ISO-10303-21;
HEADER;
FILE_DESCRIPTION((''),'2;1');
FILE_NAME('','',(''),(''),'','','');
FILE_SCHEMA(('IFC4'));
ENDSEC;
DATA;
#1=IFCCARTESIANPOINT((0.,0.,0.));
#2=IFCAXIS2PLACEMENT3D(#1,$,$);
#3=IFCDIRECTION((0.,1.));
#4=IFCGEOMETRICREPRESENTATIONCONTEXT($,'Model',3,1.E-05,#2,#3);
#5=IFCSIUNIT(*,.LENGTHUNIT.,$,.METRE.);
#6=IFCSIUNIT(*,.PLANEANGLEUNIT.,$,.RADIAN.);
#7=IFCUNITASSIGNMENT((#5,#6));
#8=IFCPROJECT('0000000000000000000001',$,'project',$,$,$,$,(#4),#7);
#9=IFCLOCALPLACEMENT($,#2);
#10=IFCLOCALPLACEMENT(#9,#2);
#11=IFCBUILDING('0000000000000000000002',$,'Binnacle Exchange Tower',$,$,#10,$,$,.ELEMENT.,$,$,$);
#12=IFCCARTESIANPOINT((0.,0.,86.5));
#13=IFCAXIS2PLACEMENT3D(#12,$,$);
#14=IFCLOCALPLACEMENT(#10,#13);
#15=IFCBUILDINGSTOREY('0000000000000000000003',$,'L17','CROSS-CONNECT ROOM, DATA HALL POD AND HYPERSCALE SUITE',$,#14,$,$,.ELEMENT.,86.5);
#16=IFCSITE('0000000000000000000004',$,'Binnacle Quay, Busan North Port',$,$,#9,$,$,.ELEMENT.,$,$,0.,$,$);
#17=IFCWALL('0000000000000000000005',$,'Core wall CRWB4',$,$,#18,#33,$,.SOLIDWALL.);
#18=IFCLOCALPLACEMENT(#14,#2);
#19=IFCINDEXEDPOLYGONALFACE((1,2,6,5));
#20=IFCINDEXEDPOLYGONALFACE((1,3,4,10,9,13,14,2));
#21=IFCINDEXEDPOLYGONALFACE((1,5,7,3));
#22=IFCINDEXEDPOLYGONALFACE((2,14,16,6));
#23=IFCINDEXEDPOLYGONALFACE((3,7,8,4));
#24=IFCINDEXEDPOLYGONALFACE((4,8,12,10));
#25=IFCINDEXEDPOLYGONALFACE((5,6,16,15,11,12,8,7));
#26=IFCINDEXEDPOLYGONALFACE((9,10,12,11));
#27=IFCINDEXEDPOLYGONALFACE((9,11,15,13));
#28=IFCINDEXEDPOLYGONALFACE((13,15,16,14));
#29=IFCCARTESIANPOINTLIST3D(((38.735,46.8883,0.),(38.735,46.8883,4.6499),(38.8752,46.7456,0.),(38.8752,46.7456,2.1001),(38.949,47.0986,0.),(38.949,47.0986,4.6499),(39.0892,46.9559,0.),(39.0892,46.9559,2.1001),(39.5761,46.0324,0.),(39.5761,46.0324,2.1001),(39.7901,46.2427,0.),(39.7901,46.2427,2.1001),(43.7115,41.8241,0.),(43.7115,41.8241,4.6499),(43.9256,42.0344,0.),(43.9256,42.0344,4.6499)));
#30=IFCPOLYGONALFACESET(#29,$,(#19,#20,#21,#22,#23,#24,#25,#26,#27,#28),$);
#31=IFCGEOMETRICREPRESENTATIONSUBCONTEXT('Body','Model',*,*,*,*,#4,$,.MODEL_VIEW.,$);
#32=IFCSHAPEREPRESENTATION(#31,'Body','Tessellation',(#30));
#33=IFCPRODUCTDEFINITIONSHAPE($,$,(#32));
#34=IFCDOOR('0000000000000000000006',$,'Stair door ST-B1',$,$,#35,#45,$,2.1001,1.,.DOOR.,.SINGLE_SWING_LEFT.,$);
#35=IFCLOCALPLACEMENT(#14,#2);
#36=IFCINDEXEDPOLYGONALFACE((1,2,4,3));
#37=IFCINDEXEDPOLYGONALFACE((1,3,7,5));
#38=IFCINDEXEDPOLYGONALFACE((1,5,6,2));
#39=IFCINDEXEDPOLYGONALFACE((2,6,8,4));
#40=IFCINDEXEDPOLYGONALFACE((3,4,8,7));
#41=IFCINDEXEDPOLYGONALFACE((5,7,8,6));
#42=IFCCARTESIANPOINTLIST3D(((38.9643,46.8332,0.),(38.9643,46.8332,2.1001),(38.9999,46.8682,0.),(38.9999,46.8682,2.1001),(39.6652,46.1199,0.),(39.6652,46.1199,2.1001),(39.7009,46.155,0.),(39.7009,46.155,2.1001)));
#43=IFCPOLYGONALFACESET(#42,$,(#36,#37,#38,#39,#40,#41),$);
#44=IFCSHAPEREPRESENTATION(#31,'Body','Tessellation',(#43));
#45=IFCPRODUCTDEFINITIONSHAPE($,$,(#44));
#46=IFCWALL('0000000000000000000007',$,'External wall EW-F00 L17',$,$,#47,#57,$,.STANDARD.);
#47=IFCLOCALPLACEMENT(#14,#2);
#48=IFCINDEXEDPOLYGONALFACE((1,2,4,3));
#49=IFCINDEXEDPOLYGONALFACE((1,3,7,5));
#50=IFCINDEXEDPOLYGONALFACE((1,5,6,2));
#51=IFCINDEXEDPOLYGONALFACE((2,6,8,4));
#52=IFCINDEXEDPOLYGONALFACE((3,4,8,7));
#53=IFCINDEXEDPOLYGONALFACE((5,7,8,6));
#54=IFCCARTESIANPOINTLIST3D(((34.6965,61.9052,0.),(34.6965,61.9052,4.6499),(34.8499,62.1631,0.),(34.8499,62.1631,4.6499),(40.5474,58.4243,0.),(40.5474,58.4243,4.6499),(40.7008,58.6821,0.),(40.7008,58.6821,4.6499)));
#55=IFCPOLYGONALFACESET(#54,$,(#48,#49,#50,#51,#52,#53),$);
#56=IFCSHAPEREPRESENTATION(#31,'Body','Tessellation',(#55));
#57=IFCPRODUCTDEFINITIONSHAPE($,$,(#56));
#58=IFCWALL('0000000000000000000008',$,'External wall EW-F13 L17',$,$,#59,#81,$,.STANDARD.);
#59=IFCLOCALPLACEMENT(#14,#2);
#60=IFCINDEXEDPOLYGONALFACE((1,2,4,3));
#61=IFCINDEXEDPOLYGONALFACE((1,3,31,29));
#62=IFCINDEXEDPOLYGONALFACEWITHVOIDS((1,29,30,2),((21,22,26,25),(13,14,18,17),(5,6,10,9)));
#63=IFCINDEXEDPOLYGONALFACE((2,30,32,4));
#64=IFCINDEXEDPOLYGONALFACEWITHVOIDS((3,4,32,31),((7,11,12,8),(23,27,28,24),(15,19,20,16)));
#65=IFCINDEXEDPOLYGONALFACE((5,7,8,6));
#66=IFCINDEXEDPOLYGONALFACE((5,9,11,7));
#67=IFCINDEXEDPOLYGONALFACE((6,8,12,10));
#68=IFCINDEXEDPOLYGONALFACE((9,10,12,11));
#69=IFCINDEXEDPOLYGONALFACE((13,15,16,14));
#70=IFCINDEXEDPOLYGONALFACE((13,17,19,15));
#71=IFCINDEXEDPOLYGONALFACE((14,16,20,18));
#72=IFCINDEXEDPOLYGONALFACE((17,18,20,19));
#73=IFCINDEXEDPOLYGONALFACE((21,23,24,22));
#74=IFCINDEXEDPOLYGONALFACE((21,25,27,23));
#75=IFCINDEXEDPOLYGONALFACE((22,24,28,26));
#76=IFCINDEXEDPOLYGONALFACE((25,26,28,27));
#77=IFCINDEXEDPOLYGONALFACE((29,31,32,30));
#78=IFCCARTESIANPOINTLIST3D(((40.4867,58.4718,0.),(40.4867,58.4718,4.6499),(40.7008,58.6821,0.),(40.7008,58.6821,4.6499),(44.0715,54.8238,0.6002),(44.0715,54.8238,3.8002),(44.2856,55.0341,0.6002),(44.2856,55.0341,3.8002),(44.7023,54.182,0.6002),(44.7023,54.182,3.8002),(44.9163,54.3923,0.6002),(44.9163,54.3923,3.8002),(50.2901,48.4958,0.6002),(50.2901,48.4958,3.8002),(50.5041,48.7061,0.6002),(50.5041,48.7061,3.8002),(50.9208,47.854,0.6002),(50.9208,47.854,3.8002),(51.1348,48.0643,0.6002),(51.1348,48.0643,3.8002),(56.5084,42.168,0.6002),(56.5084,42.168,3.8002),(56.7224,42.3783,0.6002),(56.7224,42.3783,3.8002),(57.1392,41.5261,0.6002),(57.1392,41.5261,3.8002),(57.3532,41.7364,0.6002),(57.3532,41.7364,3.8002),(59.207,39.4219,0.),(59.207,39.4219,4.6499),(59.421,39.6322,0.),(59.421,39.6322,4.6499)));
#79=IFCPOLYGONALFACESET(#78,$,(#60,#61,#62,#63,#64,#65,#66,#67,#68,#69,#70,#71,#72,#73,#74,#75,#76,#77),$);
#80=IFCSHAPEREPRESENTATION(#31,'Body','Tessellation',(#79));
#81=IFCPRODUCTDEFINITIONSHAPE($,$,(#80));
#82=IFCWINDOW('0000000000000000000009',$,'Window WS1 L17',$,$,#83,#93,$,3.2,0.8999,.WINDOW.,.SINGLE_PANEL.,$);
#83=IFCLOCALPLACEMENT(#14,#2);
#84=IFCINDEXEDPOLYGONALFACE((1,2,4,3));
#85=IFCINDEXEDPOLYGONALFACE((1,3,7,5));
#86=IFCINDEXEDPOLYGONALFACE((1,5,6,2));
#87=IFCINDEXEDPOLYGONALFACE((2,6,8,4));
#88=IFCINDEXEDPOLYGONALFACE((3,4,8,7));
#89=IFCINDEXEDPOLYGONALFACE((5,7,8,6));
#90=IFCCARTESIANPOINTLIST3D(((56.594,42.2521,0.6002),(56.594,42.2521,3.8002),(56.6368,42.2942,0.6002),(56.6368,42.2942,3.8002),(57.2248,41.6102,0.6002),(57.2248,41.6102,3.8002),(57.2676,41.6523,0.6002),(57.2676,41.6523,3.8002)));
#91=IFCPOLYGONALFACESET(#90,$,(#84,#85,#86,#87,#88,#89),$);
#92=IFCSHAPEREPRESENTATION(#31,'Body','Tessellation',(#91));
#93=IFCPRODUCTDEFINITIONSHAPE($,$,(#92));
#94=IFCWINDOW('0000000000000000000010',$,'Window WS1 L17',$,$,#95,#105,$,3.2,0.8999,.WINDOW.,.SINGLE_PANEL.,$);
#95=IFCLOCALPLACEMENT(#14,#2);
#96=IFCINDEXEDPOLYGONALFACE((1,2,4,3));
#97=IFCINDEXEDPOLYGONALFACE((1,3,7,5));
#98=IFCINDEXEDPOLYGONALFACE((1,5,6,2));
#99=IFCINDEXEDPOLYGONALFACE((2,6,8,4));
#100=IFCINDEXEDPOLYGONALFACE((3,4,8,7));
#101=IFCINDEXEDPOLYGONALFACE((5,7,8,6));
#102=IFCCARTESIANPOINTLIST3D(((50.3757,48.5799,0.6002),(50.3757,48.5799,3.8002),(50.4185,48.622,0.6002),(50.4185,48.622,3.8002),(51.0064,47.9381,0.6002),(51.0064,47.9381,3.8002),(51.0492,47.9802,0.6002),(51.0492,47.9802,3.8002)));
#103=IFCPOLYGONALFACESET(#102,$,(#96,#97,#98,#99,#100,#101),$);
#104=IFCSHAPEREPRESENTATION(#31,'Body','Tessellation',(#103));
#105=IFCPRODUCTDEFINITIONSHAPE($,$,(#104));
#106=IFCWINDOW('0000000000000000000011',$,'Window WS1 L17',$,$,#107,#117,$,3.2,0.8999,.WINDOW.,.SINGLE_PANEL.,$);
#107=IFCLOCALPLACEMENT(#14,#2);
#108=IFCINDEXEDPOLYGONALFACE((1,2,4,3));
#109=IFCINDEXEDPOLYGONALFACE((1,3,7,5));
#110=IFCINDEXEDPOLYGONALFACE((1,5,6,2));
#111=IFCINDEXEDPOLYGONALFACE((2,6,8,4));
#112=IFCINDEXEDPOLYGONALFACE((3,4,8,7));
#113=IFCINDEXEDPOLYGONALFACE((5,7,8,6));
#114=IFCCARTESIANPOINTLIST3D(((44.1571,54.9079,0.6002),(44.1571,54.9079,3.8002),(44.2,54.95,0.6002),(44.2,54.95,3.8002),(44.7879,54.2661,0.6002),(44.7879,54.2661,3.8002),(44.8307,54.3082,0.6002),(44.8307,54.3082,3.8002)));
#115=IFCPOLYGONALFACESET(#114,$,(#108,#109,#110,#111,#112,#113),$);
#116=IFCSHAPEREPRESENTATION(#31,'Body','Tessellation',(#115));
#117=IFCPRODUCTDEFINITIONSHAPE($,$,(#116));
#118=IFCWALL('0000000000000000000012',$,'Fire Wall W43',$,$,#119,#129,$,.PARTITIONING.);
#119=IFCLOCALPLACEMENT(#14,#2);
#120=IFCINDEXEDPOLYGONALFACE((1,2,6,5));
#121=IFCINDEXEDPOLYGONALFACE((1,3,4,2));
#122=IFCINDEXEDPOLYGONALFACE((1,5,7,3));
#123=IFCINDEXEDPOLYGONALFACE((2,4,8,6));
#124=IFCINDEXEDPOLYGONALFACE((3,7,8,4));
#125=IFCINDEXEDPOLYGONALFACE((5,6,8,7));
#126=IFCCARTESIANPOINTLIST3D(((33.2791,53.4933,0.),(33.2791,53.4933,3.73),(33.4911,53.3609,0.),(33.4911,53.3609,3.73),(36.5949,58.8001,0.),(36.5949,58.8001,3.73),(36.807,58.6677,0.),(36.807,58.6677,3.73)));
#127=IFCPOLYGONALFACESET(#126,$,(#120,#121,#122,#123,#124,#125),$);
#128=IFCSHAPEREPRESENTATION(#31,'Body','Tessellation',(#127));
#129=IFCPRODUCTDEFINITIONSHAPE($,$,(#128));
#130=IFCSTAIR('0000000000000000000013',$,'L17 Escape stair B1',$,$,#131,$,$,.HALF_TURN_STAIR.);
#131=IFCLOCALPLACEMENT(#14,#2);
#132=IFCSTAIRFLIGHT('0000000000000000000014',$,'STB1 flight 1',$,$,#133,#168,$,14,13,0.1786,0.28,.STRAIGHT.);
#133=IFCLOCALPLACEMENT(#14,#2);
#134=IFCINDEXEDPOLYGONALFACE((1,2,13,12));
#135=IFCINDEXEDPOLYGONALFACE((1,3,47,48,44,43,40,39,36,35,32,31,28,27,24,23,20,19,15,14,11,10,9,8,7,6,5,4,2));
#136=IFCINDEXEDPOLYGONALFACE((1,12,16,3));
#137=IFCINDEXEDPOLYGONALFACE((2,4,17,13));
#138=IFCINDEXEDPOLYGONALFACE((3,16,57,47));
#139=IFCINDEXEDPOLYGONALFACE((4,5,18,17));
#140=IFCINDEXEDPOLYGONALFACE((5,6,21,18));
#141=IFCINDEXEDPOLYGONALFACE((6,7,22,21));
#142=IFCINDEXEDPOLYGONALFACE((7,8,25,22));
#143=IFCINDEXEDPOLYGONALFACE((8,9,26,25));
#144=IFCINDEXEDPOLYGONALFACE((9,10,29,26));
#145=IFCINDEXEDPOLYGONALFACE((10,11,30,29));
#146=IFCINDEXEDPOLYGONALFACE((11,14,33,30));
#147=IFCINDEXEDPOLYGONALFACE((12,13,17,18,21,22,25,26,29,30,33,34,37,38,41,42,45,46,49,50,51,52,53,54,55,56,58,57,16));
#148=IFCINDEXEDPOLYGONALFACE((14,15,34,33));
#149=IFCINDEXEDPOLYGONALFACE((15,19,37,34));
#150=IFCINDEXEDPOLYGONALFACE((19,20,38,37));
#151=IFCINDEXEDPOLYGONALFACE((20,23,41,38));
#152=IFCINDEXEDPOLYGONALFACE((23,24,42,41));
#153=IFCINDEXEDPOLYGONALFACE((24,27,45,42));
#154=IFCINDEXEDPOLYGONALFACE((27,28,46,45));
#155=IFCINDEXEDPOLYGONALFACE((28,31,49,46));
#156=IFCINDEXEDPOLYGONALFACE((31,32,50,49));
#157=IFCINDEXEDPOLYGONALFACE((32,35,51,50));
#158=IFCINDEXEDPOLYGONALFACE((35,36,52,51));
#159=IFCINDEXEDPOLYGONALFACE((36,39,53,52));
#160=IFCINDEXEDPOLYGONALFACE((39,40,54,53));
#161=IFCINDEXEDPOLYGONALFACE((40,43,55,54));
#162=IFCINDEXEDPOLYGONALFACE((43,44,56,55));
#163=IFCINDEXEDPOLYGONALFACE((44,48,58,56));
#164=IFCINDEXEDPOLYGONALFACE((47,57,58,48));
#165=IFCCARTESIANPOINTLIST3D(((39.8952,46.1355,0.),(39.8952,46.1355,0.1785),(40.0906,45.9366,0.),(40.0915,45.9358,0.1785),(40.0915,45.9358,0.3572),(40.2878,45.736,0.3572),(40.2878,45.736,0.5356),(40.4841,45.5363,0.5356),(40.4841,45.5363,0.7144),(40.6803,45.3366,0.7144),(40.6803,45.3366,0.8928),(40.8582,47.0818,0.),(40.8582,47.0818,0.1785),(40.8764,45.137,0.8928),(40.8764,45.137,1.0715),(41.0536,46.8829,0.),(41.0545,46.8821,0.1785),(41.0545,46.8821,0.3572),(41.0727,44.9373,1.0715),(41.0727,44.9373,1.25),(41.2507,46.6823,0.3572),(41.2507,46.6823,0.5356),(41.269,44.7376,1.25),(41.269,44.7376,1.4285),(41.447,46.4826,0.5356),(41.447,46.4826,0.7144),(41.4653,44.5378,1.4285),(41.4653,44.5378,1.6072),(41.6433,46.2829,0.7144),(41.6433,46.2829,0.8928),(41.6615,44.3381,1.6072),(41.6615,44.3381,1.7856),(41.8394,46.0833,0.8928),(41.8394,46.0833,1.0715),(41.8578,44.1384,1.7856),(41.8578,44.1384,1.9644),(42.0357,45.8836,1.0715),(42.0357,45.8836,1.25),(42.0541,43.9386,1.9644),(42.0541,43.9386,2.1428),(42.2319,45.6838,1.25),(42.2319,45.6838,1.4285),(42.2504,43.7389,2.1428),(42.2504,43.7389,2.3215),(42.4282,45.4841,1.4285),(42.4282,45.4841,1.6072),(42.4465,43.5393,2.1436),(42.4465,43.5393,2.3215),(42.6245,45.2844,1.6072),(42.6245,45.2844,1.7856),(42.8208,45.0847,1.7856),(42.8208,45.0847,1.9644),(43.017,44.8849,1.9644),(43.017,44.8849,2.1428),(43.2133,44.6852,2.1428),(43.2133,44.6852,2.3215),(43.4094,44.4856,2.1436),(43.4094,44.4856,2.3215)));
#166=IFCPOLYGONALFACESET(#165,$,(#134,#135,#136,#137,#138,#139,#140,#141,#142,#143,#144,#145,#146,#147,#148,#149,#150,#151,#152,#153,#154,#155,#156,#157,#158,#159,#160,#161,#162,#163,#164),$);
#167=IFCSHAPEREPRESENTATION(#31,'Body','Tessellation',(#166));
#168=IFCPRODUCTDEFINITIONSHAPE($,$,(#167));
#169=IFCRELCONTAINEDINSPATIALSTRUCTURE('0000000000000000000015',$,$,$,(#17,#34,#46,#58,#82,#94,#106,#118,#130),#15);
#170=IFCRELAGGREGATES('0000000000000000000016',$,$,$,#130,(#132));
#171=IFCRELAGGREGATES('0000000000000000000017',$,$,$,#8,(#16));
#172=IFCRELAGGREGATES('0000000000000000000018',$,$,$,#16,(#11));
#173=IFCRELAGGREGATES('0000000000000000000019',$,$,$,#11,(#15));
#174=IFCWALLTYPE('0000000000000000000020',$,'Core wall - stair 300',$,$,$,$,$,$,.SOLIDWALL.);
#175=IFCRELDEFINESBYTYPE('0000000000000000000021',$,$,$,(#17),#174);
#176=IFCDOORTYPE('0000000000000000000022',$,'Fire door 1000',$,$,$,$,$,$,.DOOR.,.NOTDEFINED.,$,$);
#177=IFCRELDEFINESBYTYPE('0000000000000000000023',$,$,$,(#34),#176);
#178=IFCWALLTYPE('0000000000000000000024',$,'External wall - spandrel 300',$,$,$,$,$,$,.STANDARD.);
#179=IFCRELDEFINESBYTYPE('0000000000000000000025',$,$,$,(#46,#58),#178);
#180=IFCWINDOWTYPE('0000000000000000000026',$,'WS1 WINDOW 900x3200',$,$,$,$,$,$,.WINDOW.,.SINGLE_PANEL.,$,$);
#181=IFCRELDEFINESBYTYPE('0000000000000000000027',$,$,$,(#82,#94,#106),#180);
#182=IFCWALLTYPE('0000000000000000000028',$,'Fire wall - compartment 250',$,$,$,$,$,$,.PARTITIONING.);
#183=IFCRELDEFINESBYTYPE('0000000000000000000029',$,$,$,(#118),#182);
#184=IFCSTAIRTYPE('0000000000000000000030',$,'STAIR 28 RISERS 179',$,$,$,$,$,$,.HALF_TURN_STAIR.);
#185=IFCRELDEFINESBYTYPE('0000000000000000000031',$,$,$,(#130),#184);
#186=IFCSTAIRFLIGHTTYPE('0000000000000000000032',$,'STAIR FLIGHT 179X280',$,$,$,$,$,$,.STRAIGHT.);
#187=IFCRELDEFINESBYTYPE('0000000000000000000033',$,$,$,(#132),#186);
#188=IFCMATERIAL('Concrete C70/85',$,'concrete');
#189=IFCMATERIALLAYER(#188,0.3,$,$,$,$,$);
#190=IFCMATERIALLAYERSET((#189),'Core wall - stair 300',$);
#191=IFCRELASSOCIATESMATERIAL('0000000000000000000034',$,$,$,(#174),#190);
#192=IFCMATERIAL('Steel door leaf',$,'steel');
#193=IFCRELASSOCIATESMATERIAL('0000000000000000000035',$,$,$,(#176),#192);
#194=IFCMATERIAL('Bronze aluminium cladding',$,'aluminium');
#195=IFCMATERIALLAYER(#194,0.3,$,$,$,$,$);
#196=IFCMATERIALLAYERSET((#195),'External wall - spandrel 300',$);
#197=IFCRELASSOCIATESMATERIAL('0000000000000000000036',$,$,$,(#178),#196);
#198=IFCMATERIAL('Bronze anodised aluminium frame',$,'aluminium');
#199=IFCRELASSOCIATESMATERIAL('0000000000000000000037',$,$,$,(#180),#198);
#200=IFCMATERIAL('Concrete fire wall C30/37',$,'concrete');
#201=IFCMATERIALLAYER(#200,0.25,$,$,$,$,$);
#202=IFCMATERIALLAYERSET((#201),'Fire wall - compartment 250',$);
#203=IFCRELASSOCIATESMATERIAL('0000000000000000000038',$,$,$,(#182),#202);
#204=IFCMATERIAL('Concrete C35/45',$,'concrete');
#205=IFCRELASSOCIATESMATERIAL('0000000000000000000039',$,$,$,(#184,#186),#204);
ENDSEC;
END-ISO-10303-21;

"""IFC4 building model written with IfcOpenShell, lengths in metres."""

from ifc_helpers import new_model, si_unit, direction, frame, frame_2d, origin, place, context, subcontext, project, spatial, polyline, rectangle, outline, extrude, material, layer, layer_set, type_object, element, fill, aggregate, save


model = new_model("IFC4")

# Units and contexts
model_context = context("Model", 3, precision=1e-05, world=origin(), true_north=direction((0.0, 1.0)))
body_context = subcontext(model_context, "Body", "Model", "MODEL_VIEW")
ifc_project = project(units=[si_unit("LENGTHUNIT", "METRE"), si_unit("PLANEANGLEUNIT", "RADIAN")], contexts=[model_context])

# Site, building, storey
site_placement = place(None, origin())
site = spatial("IfcSite", under=ifc_project, at=site_placement, Name="Binnacle Quay, Busan North Port", CompositionType="ELEMENT", RefElevation=0.0)
building_placement = place(site_placement, origin())
building = spatial("IfcBuilding", under=site, at=building_placement, Name="Binnacle Exchange Tower", CompositionType="ELEMENT")
storey_placement = place(building_placement, frame((0.0, 0.0, 86.5)))
storey = spatial("IfcBuildingStorey", under=building, at=storey_placement, Name="L17", Description="CROSS-CONNECT ROOM, DATA HALL POD AND HYPERSCALE SUITE", CompositionType="ELEMENT", Elevation=86.5)

# Shared definitions
ifc_material_1 = material(Name="Concrete C70/85", Category="concrete")

# Wall, opening, door
ifc_layer_1 = layer(ifc_material_1, 0.3)
ifc_layer_set_1 = layer_set([ifc_layer_1], Name="Core wall - stair 300")
wall_type_1 = type_object("IfcWallType", Name="Core wall - stair 300", PredefinedType="SOLIDWALL", material=ifc_layer_set_1)
wall_1_placement = place(storey_placement, frame((38.842, 46.9934, 0.0), z_axis=(0.0, 0.0, 1.0), x_axis=(0.700908, -0.713252, 0.0)))
wall_1 = element("IfcWall", 1, at=wall_1_placement, inside=storey, type_object=wall_type_1, Name="Core wall CRWB4", PredefinedType="SOLIDWALL", context=body_context, shape_type="SweptSolid", body=[
    extrude(rectangle(XDim=7.1001, YDim=0.3, at=frame_2d((3.55, 0.0))), origin(), (0.0, 0.0, 1.0), 4.6499),
])
opening_1_placement = place(wall_1_placement, frame((0.2, 0.0, 0.0)))
opening_1 = element("IfcOpeningElement", 2, at=opening_1_placement, cuts=wall_1, PredefinedType="OPENING", context=body_context, shape_type="SweptSolid", body=[
    extrude(rectangle(XDim=1.0, YDim=2.1001, at=frame_2d((0.5, 1.05))), frame((0.0, 0.1599, 0.0), z_axis=(0.0, -1.0, 0.0), x_axis=(1.0, 0.0, 0.0)), (0.0, 0.0, 1.0), 0.3201),
])
ifc_material_2 = material(Name="Steel door leaf", Category="steel")
door_type = type_object("IfcDoorType", Name="Fire door 1000", OperationType="NOTDEFINED", PredefinedType="DOOR", material=ifc_material_2)
door_placement = place(opening_1_placement, origin())
door = element("IfcDoor", 3, at=door_placement, inside=storey, type_object=door_type, Name="Stair door ST-B1", OperationType="SINGLE_SWING_LEFT", OverallHeight=2.1001, OverallWidth=1.0, PredefinedType="DOOR", context=body_context, shape_type="SweptSolid", body=[
    extrude(rectangle(XDim=1.0, YDim=2.1001, at=frame_2d((0.5, 1.05))), frame((0.0, 0.0249, 0.0), z_axis=(0.0, -1.0, 0.0), x_axis=(1.0, 0.0, 0.0)), (0.0, 0.0, 1.0), 0.05),
])
fill(opening_1, door)

# Wall
ifc_material_3 = material(Name="Bronze aluminium cladding", Category="aluminium")
ifc_layer_2 = layer(ifc_material_3, 0.3)
ifc_layer_set_2 = layer_set([ifc_layer_2], Name="External wall - spandrel 300")
wall_type_2 = type_object("IfcWallType", Name="External wall - spandrel 300", PredefinedType="STANDARD", material=ifc_layer_set_2)
wall_2_placement = place(storey_placement, frame((34.7732, 62.0342, 0.0), z_axis=(0.0, 0.0, 1.0), x_axis=(0.859401, -0.511302, 0.0)))
element("IfcWall", 4, at=wall_2_placement, inside=storey, type_object=wall_type_2, Name="External wall EW-F00 L17", PredefinedType="STANDARD", context=body_context, shape_type="SweptSolid", body=[
    extrude(rectangle(XDim=6.8081, YDim=0.3, at=frame_2d((3.4041, 0.0))), origin(), (0.0, 0.0, 1.0), 4.6499),
])

# Wall, openings, windows
wall_3_placement = place(storey_placement, frame((40.5938, 58.5769, 0.0), z_axis=(0.0, 0.0, 1.0), x_axis=(0.70091, -0.71325, 0.0)))
wall_3 = element("IfcWall", 5, at=wall_3_placement, inside=storey, type_object=wall_type_2, Name="External wall EW-F13 L17", PredefinedType="STANDARD", context=body_context, shape_type="SweptSolid", body=[
    extrude(rectangle(XDim=26.7085, YDim=0.3, at=frame_2d((13.3542, 0.0))), origin(), (0.0, 0.0, 1.0), 4.6499),
])
opening_2_placement = place(wall_3_placement, frame((22.8584, 0.0, 0.6001)))
opening_2 = element("IfcOpeningElement", 6, at=opening_2_placement, cuts=wall_3, PredefinedType="OPENING", context=body_context, shape_type="SweptSolid", body=[
    extrude(rectangle(XDim=0.8999, YDim=3.2, at=frame_2d((0.45, 1.6001))), frame((0.0, 0.1599, 0.0), z_axis=(0.0, -1.0, 0.0), x_axis=(1.0, 0.0, 0.0)), (0.0, 0.0, 1.0), 0.3201),
])
opening_3_placement = place(wall_3_placement, frame((13.9866, 0.0, 0.6001)))
opening_3 = element("IfcOpeningElement", 7, at=opening_3_placement, cuts=wall_3, PredefinedType="OPENING", context=body_context, shape_type="SweptSolid", body=[
    extrude(rectangle(XDim=0.8999, YDim=3.2, at=frame_2d((0.45, 1.6001))), frame((0.0, 0.1599, 0.0), z_axis=(0.0, -1.0, 0.0), x_axis=(1.0, 0.0, 0.0)), (0.0, 0.0, 1.0), 0.3201),
])
opening_4_placement = place(wall_3_placement, frame((5.1145, 0.0, 0.6001)))
opening_4 = element("IfcOpeningElement", 8, at=opening_4_placement, cuts=wall_3, PredefinedType="OPENING", context=body_context, shape_type="SweptSolid", body=[
    extrude(rectangle(XDim=0.8999, YDim=3.2, at=frame_2d((0.45, 1.6001))), frame((0.0, 0.1599, 0.0), z_axis=(0.0, -1.0, 0.0), x_axis=(1.0, 0.0, 0.0)), (0.0, 0.0, 1.0), 0.3201),
])
ifc_material_4 = material(Name="Bronze anodised aluminium frame", Category="aluminium")
window_type = type_object("IfcWindowType", Name="WS1 WINDOW 900x3200", PartitioningType="SINGLE_PANEL", PredefinedType="WINDOW", material=ifc_material_4)
window_1_placement = place(opening_2_placement, origin())
window_1 = element("IfcWindow", 9, at=window_1_placement, inside=storey, type_object=window_type, Name="Window WS1 L17", OverallHeight=3.2, OverallWidth=0.8999, PartitioningType="SINGLE_PANEL", PredefinedType="WINDOW", context=body_context, shape_type="SweptSolid", body=[
    extrude(rectangle(XDim=0.8999, YDim=3.2, at=frame_2d((0.45, 1.6001))), frame((0.0, 0.03, 0.0), z_axis=(0.0, -1.0, 0.0), x_axis=(1.0, 0.0, 0.0)), (0.0, 0.0, 1.0), 0.0601),
])
fill(opening_2, window_1)
window_2_placement = place(opening_3_placement, origin())
window_2 = element("IfcWindow", 10, at=window_2_placement, inside=storey, type_object=window_type, Name="Window WS1 L17", OverallHeight=3.2, OverallWidth=0.8999, PartitioningType="SINGLE_PANEL", PredefinedType="WINDOW", context=body_context, shape_type="SweptSolid", body=[
    extrude(rectangle(XDim=0.8999, YDim=3.2, at=frame_2d((0.45, 1.6001))), frame((0.0, 0.03, 0.0), z_axis=(0.0, -1.0, 0.0), x_axis=(1.0, 0.0, 0.0)), (0.0, 0.0, 1.0), 0.0601),
])
fill(opening_3, window_2)
window_3_placement = place(opening_4_placement, origin())
window_3 = element("IfcWindow", 11, at=window_3_placement, inside=storey, type_object=window_type, Name="Window WS1 L17", OverallHeight=3.2, OverallWidth=0.8999, PartitioningType="SINGLE_PANEL", PredefinedType="WINDOW", context=body_context, shape_type="SweptSolid", body=[
    extrude(rectangle(XDim=0.8999, YDim=3.2, at=frame_2d((0.45, 1.6001))), frame((0.0, 0.03, 0.0), z_axis=(0.0, -1.0, 0.0), x_axis=(1.0, 0.0, 0.0)), (0.0, 0.0, 1.0), 0.0601),
])
fill(opening_4, window_3)

# Wall
ifc_material_5 = material(Name="Concrete fire wall C30/37", Category="concrete")
ifc_layer_3 = layer(ifc_material_5, 0.25)
ifc_layer_set_3 = layer_set([ifc_layer_3], Name="Fire wall - compartment 250")
wall_type_3 = type_object("IfcWallType", Name="Fire wall - compartment 250", PredefinedType="PARTITIONING", material=ifc_layer_set_3)
wall_4_placement = place(storey_placement, frame((33.385, 53.427, 0.0), z_axis=(0.0, 0.0, 1.0), x_axis=(0.529897, 0.848062, 0.0)))
element("IfcWall", 12, at=wall_4_placement, inside=storey, type_object=wall_type_3, Name="Fire Wall W43", PredefinedType="PARTITIONING", context=body_context, shape_type="SweptSolid", body=[
    extrude(rectangle(XDim=6.2576, YDim=0.25, at=frame_2d((3.1289, 0.0))), origin(), (0.0, 0.0, 1.0), 3.73),
])

# Stair, stair flight
ifc_material_6 = material(Name="Concrete C35/45", Category="concrete")
stair_type = type_object("IfcStairType", Name="STAIR 28 RISERS 179", PredefinedType="HALF_TURN_STAIR", material=ifc_material_6)
stair_placement = place(storey_placement, origin())
stair = element("IfcStair", 13, at=stair_placement, inside=storey, type_object=stair_type, Name="L17 Escape stair B1", PredefinedType="HALF_TURN_STAIR")
stair_flight_type = type_object("IfcStairFlightType", Name="STAIR FLIGHT 179X280", PredefinedType="STRAIGHT", material=ifc_material_6)
stair_flight_1_placement = place(storey_placement, frame((40.3767, 46.6086, 0.0), z_axis=(0.0, 0.0, 1.0), x_axis=(0.700909, -0.71325, 0.0)))
stair_flight_1 = element("IfcStairFlight", 14, at=stair_flight_1_placement, type_object=stair_flight_type, Name="STB1 flight 1", NumberOfRisers=14, NumberOfTreads=13, PredefinedType="STRAIGHT", RiserHeight=0.1786, TreadLength=0.28, context=body_context, shape_type="SweptSolid", body=[
    extrude(outline(polyline([(0.0, 0.0), (0.0, 0.1785), (0.28, 0.1785), (0.28, 0.3572), (0.5601, 0.3572), (0.5601, 0.5356), (0.8401, 0.5356), (0.8401, 0.7144), (1.1201, 0.7144), (1.1201, 0.8928), (1.3999, 0.8928), (1.3999, 1.0715), (1.6799, 1.0715), (1.6799, 1.25), (1.96, 1.25), (1.96, 1.4285), (2.24, 1.4285), (2.24, 1.6072), (2.52, 1.6072), (2.52, 1.7856), (2.8, 1.7856), (2.8, 1.9644), (3.0801, 1.9644), (3.0801, 2.1428), (3.3601, 2.1428), (3.3601, 2.3215), (3.6399, 2.3215), (3.6399, 2.5), (3.6399, 2.1436), (0.2788, 0.0), (0.0, 0.0)])), frame((0.0, 0.675, 0.0), z_axis=(0.0, -1.0, 0.0), x_axis=(1.0, 0.0, 0.0)), (0.0, 0.0, 1.0), 1.3501),
])
aggregate(stair, [stair_flight_1])

save(model, "model.ifc")
